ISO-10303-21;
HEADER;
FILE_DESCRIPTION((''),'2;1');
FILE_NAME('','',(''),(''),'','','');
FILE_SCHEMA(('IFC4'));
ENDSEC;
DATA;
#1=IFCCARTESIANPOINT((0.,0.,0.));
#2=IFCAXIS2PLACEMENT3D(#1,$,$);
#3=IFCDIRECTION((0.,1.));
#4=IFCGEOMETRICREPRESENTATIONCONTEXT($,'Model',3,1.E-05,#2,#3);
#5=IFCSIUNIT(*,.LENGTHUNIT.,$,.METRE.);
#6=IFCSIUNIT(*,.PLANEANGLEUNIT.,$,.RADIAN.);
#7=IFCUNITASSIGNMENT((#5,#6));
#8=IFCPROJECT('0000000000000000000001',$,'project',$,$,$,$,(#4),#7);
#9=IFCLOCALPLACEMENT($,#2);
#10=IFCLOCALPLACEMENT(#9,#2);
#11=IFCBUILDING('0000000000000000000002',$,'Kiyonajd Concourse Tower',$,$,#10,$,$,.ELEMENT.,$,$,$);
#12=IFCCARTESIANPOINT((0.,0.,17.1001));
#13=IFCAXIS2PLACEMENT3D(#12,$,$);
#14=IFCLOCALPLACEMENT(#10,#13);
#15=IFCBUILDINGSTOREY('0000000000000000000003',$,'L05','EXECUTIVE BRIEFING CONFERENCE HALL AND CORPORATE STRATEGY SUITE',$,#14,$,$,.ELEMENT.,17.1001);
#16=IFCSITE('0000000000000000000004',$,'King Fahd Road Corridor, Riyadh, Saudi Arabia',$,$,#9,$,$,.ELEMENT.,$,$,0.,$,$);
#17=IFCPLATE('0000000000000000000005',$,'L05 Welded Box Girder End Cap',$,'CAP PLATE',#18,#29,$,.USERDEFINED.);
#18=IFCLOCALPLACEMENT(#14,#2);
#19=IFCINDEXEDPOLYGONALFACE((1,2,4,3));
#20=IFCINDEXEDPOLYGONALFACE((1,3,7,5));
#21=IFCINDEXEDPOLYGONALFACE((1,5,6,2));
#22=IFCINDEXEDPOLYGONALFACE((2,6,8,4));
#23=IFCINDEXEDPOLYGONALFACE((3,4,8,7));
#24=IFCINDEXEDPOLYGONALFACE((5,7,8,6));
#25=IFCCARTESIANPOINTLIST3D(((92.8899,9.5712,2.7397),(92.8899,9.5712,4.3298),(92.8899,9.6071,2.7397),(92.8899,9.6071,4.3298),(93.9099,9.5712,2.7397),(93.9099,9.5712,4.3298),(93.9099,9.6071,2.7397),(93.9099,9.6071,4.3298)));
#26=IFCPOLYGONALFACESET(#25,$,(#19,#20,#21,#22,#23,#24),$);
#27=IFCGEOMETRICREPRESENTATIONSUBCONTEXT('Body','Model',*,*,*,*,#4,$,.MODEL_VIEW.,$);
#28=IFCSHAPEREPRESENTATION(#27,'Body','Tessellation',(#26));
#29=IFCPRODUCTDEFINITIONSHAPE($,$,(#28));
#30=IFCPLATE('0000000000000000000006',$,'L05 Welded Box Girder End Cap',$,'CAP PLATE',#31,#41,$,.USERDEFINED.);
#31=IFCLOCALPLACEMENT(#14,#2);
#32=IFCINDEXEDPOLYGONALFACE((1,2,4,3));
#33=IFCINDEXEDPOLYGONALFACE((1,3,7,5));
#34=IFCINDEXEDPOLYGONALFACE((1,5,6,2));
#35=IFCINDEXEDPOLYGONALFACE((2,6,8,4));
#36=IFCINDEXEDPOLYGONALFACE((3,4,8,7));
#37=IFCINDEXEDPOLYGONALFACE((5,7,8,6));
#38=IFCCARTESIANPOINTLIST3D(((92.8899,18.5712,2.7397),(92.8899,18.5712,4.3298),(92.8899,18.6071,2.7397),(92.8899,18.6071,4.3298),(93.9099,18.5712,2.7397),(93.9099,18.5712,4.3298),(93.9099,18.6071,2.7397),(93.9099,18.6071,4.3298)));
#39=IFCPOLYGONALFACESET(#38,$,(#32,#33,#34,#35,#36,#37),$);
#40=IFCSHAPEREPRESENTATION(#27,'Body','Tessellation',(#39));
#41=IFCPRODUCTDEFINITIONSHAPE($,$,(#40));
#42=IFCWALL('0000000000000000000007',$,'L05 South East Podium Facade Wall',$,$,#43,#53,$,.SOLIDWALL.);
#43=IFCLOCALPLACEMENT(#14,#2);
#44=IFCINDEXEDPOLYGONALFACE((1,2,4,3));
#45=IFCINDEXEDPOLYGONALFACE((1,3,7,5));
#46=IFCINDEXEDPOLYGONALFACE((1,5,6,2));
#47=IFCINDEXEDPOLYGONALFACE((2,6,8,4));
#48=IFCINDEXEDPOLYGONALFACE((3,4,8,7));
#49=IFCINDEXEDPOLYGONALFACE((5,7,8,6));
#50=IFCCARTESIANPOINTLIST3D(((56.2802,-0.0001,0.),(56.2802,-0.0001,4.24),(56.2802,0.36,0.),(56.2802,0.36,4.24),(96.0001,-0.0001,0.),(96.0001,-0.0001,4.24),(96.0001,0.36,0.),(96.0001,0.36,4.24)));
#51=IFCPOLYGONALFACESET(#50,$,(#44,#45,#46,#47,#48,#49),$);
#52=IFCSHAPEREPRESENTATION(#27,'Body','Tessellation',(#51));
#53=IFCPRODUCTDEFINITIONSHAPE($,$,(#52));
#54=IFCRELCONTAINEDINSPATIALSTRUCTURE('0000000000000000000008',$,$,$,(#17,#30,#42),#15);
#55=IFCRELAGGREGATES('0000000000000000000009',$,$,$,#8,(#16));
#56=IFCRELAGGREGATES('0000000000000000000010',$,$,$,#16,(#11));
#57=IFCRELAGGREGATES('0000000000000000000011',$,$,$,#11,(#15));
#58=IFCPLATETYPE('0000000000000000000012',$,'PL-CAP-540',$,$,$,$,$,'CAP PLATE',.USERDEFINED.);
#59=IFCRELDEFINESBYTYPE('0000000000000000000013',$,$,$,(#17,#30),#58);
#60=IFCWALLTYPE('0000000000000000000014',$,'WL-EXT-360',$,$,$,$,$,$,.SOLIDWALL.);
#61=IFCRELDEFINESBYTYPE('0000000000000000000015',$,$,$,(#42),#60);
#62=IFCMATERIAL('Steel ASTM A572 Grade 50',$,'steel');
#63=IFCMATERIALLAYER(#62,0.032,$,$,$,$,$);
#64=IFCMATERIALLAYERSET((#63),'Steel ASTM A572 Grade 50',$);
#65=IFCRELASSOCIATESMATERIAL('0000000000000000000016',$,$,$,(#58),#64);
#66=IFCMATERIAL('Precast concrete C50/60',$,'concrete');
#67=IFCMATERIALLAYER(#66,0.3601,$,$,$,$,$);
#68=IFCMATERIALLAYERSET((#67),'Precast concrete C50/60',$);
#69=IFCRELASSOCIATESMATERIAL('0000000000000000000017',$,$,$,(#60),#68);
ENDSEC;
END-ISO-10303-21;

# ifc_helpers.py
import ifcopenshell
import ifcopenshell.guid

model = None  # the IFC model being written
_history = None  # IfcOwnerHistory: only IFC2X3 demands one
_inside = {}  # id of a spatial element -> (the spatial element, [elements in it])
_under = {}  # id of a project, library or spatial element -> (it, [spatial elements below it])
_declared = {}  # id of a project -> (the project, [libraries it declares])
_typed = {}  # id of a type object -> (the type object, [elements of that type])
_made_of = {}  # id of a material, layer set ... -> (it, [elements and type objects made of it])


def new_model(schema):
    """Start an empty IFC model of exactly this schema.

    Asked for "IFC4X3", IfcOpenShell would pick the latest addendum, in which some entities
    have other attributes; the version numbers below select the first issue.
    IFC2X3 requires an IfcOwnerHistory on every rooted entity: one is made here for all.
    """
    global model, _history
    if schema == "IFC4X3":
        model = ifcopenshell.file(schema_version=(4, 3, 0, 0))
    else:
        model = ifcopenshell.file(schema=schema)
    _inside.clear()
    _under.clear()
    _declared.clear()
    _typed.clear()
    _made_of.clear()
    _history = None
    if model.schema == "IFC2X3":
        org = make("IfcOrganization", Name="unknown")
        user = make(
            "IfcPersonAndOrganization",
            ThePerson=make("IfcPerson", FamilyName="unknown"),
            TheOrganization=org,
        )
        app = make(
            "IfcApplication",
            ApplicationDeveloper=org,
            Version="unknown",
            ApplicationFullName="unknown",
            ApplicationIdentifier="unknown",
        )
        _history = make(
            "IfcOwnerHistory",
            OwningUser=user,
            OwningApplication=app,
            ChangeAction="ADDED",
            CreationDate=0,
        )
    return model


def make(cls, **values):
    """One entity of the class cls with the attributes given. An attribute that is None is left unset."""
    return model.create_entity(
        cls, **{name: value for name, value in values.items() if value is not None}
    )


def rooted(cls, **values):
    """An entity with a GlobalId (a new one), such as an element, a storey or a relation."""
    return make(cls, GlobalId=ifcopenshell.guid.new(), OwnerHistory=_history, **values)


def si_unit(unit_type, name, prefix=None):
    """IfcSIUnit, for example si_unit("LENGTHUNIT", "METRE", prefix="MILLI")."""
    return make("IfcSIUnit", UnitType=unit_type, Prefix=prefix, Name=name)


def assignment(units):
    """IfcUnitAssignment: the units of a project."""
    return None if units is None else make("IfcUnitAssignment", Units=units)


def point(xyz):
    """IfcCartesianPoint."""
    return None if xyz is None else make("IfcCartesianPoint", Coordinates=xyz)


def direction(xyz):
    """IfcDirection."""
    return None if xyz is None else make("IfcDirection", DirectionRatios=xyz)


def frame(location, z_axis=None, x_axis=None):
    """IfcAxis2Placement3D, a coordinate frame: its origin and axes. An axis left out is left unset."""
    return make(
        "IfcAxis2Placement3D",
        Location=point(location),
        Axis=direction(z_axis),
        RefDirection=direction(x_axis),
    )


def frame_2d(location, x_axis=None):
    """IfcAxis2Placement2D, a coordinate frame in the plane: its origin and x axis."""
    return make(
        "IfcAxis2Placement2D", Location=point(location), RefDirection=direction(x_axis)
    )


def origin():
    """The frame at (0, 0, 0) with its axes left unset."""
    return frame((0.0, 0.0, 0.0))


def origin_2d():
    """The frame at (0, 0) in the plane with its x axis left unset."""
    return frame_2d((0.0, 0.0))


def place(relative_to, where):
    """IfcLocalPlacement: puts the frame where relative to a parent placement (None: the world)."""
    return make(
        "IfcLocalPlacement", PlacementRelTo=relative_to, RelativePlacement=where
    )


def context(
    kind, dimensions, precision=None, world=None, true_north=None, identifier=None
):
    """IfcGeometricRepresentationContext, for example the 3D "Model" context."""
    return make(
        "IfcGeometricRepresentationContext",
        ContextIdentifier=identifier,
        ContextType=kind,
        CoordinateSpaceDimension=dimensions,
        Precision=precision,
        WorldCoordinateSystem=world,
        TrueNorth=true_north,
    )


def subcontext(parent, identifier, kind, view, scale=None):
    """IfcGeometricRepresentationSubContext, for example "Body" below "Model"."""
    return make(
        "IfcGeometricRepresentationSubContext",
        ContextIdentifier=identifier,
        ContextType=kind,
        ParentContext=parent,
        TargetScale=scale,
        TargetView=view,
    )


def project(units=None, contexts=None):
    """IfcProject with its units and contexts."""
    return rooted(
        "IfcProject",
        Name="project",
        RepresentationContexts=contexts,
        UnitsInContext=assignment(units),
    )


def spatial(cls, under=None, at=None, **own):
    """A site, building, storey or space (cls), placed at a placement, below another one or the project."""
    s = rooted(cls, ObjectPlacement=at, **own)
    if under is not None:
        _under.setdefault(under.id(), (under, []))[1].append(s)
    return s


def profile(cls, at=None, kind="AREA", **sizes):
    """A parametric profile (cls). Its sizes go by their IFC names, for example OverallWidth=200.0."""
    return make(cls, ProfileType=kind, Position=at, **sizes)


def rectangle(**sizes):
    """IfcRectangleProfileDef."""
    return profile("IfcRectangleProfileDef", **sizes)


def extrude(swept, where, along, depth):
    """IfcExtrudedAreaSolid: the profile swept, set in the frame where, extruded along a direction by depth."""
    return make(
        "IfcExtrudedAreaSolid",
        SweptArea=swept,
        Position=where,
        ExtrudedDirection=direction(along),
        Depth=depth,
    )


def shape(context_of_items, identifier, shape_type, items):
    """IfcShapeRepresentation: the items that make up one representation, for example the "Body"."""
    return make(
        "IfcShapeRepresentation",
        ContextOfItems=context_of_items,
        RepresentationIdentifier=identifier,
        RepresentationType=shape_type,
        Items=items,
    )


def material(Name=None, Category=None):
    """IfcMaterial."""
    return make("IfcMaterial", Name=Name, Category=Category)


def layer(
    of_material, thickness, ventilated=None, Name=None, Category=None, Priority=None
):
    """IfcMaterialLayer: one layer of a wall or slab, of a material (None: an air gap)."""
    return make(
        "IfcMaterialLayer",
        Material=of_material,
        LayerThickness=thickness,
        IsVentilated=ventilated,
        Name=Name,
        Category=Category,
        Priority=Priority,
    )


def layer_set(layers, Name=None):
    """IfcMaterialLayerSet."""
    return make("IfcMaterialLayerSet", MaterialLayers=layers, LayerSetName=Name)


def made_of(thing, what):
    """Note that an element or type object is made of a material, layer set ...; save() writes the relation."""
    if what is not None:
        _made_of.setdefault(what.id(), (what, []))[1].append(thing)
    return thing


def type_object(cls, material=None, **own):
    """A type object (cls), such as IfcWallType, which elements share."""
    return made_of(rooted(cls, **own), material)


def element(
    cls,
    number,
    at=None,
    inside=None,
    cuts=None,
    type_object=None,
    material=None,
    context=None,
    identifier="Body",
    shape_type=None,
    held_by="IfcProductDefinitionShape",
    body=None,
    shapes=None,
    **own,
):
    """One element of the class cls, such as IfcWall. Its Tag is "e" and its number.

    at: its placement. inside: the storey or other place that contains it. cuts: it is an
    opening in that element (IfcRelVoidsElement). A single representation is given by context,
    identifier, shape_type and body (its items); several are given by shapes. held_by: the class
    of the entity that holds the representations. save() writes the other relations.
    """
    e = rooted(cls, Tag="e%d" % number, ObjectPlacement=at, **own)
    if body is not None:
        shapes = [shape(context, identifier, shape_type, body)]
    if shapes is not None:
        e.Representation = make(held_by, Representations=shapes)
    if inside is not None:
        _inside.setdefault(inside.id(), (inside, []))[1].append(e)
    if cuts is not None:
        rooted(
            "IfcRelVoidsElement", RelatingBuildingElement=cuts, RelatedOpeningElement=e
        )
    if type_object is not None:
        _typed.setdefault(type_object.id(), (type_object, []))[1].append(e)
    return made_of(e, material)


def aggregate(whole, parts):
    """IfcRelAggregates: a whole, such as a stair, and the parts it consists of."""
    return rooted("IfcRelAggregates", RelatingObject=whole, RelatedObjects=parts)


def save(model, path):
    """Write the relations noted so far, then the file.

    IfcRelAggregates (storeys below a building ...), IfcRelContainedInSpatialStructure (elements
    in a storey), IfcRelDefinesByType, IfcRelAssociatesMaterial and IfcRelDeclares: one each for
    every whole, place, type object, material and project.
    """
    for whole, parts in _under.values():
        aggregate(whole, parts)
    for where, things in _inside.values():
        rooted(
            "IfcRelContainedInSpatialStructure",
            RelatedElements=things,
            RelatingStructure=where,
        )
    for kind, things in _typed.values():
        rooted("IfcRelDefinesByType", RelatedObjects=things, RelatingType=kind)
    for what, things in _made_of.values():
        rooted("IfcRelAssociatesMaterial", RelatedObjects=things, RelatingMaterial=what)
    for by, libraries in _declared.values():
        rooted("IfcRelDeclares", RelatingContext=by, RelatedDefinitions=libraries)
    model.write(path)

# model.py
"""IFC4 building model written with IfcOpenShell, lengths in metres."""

from ifc_helpers import new_model, si_unit, direction, frame, frame_2d, origin, origin_2d, place, context, subcontext, project, spatial, rectangle, extrude, material, layer, layer_set, type_object, element, save


model = new_model("IFC4")

# Units and contexts
model_context = context("Model", 3, precision=1e-05, world=origin(), true_north=direction((0.0, 1.0)))
body_context = subcontext(model_context, "Body", "Model", "MODEL_VIEW")
ifc_project = project(units=[si_unit("LENGTHUNIT", "METRE"), si_unit("PLANEANGLEUNIT", "RADIAN")], contexts=[model_context])

# Site, building, storey
site_placement = place(None, origin())
site = spatial("IfcSite", under=ifc_project, at=site_placement, Name="King Fahd Road Corridor, Riyadh, Saudi Arabia", CompositionType="ELEMENT", RefElevation=0.0)
building_placement = place(site_placement, origin())
building = spatial("IfcBuilding", under=site, at=building_placement, Name="Kiyonajd Concourse Tower", CompositionType="ELEMENT")
storey_placement = place(building_placement, frame((0.0, 0.0, 17.1001)))
storey = spatial("IfcBuildingStorey", under=building, at=storey_placement, Name="L05", Description="EXECUTIVE BRIEFING CONFERENCE HALL AND CORPORATE STRATEGY SUITE", CompositionType="ELEMENT", Elevation=17.1001)

# Shared definitions
ifc_material_1 = material(Name="Steel ASTM A572 Grade 50", Category="steel")

# Plates
ifc_layer_1 = layer(ifc_material_1, 0.032)
ifc_layer_set_1 = layer_set([ifc_layer_1], Name="Steel ASTM A572 Grade 50")
plate_type = type_object("IfcPlateType", Name="PL-CAP-540", ElementType="CAP PLATE", PredefinedType="USERDEFINED", material=ifc_layer_set_1)
for number, where, z_axis, x_axis, name in (
    (1, (93.3999, 9.5891, 2.7397), (0.0, 0.0, 1.0), (0.0, -1.0, 0.0), "L05 Welded Box Girder End Cap"),
    (2, (93.3999, 18.5891, 2.7397), (0.0, 0.0, 1.0), (0.0, -1.0, 0.0), "L05 Welded Box Girder End Cap"),
):
    element("IfcPlate", number, at=place(storey_placement, frame(where, z_axis=z_axis, x_axis=x_axis)), inside=storey, type_object=plate_type, Name=name, ObjectType="CAP PLATE", PredefinedType="USERDEFINED", context=body_context, shape_type="SweptSolid", body=[
        extrude(rectangle(XDim=0.0359, YDim=1.02, at=origin_2d()), origin(), (0.0, 0.0, 1.0), 1.5901),
    ])

# Wall
ifc_material_2 = material(Name="Precast concrete C50/60", Category="concrete")
ifc_layer_2 = layer(ifc_material_2, 0.3601)
ifc_layer_set_2 = layer_set([ifc_layer_2], Name="Precast concrete C50/60")
wall_type = type_object("IfcWallType", Name="WL-EXT-360", PredefinedType="SOLIDWALL", material=ifc_layer_set_2)
wall_placement = place(storey_placement, frame((96.0, 0.1799, 0.0), z_axis=(0.0, 0.0, 1.0), x_axis=(-1.0, 0.0, 0.0)))
element("IfcWall", 3, at=wall_placement, inside=storey, type_object=wall_type, Name="L05 South East Podium Facade Wall", PredefinedType="SOLIDWALL", context=body_context, shape_type="SweptSolid", body=[
    extrude(rectangle(XDim=39.72, YDim=0.3601, at=frame_2d((19.8599, 0.0))), origin(), (0.0, 0.0, 1.0), 4.24),
])

save(model, "model.ifc")
